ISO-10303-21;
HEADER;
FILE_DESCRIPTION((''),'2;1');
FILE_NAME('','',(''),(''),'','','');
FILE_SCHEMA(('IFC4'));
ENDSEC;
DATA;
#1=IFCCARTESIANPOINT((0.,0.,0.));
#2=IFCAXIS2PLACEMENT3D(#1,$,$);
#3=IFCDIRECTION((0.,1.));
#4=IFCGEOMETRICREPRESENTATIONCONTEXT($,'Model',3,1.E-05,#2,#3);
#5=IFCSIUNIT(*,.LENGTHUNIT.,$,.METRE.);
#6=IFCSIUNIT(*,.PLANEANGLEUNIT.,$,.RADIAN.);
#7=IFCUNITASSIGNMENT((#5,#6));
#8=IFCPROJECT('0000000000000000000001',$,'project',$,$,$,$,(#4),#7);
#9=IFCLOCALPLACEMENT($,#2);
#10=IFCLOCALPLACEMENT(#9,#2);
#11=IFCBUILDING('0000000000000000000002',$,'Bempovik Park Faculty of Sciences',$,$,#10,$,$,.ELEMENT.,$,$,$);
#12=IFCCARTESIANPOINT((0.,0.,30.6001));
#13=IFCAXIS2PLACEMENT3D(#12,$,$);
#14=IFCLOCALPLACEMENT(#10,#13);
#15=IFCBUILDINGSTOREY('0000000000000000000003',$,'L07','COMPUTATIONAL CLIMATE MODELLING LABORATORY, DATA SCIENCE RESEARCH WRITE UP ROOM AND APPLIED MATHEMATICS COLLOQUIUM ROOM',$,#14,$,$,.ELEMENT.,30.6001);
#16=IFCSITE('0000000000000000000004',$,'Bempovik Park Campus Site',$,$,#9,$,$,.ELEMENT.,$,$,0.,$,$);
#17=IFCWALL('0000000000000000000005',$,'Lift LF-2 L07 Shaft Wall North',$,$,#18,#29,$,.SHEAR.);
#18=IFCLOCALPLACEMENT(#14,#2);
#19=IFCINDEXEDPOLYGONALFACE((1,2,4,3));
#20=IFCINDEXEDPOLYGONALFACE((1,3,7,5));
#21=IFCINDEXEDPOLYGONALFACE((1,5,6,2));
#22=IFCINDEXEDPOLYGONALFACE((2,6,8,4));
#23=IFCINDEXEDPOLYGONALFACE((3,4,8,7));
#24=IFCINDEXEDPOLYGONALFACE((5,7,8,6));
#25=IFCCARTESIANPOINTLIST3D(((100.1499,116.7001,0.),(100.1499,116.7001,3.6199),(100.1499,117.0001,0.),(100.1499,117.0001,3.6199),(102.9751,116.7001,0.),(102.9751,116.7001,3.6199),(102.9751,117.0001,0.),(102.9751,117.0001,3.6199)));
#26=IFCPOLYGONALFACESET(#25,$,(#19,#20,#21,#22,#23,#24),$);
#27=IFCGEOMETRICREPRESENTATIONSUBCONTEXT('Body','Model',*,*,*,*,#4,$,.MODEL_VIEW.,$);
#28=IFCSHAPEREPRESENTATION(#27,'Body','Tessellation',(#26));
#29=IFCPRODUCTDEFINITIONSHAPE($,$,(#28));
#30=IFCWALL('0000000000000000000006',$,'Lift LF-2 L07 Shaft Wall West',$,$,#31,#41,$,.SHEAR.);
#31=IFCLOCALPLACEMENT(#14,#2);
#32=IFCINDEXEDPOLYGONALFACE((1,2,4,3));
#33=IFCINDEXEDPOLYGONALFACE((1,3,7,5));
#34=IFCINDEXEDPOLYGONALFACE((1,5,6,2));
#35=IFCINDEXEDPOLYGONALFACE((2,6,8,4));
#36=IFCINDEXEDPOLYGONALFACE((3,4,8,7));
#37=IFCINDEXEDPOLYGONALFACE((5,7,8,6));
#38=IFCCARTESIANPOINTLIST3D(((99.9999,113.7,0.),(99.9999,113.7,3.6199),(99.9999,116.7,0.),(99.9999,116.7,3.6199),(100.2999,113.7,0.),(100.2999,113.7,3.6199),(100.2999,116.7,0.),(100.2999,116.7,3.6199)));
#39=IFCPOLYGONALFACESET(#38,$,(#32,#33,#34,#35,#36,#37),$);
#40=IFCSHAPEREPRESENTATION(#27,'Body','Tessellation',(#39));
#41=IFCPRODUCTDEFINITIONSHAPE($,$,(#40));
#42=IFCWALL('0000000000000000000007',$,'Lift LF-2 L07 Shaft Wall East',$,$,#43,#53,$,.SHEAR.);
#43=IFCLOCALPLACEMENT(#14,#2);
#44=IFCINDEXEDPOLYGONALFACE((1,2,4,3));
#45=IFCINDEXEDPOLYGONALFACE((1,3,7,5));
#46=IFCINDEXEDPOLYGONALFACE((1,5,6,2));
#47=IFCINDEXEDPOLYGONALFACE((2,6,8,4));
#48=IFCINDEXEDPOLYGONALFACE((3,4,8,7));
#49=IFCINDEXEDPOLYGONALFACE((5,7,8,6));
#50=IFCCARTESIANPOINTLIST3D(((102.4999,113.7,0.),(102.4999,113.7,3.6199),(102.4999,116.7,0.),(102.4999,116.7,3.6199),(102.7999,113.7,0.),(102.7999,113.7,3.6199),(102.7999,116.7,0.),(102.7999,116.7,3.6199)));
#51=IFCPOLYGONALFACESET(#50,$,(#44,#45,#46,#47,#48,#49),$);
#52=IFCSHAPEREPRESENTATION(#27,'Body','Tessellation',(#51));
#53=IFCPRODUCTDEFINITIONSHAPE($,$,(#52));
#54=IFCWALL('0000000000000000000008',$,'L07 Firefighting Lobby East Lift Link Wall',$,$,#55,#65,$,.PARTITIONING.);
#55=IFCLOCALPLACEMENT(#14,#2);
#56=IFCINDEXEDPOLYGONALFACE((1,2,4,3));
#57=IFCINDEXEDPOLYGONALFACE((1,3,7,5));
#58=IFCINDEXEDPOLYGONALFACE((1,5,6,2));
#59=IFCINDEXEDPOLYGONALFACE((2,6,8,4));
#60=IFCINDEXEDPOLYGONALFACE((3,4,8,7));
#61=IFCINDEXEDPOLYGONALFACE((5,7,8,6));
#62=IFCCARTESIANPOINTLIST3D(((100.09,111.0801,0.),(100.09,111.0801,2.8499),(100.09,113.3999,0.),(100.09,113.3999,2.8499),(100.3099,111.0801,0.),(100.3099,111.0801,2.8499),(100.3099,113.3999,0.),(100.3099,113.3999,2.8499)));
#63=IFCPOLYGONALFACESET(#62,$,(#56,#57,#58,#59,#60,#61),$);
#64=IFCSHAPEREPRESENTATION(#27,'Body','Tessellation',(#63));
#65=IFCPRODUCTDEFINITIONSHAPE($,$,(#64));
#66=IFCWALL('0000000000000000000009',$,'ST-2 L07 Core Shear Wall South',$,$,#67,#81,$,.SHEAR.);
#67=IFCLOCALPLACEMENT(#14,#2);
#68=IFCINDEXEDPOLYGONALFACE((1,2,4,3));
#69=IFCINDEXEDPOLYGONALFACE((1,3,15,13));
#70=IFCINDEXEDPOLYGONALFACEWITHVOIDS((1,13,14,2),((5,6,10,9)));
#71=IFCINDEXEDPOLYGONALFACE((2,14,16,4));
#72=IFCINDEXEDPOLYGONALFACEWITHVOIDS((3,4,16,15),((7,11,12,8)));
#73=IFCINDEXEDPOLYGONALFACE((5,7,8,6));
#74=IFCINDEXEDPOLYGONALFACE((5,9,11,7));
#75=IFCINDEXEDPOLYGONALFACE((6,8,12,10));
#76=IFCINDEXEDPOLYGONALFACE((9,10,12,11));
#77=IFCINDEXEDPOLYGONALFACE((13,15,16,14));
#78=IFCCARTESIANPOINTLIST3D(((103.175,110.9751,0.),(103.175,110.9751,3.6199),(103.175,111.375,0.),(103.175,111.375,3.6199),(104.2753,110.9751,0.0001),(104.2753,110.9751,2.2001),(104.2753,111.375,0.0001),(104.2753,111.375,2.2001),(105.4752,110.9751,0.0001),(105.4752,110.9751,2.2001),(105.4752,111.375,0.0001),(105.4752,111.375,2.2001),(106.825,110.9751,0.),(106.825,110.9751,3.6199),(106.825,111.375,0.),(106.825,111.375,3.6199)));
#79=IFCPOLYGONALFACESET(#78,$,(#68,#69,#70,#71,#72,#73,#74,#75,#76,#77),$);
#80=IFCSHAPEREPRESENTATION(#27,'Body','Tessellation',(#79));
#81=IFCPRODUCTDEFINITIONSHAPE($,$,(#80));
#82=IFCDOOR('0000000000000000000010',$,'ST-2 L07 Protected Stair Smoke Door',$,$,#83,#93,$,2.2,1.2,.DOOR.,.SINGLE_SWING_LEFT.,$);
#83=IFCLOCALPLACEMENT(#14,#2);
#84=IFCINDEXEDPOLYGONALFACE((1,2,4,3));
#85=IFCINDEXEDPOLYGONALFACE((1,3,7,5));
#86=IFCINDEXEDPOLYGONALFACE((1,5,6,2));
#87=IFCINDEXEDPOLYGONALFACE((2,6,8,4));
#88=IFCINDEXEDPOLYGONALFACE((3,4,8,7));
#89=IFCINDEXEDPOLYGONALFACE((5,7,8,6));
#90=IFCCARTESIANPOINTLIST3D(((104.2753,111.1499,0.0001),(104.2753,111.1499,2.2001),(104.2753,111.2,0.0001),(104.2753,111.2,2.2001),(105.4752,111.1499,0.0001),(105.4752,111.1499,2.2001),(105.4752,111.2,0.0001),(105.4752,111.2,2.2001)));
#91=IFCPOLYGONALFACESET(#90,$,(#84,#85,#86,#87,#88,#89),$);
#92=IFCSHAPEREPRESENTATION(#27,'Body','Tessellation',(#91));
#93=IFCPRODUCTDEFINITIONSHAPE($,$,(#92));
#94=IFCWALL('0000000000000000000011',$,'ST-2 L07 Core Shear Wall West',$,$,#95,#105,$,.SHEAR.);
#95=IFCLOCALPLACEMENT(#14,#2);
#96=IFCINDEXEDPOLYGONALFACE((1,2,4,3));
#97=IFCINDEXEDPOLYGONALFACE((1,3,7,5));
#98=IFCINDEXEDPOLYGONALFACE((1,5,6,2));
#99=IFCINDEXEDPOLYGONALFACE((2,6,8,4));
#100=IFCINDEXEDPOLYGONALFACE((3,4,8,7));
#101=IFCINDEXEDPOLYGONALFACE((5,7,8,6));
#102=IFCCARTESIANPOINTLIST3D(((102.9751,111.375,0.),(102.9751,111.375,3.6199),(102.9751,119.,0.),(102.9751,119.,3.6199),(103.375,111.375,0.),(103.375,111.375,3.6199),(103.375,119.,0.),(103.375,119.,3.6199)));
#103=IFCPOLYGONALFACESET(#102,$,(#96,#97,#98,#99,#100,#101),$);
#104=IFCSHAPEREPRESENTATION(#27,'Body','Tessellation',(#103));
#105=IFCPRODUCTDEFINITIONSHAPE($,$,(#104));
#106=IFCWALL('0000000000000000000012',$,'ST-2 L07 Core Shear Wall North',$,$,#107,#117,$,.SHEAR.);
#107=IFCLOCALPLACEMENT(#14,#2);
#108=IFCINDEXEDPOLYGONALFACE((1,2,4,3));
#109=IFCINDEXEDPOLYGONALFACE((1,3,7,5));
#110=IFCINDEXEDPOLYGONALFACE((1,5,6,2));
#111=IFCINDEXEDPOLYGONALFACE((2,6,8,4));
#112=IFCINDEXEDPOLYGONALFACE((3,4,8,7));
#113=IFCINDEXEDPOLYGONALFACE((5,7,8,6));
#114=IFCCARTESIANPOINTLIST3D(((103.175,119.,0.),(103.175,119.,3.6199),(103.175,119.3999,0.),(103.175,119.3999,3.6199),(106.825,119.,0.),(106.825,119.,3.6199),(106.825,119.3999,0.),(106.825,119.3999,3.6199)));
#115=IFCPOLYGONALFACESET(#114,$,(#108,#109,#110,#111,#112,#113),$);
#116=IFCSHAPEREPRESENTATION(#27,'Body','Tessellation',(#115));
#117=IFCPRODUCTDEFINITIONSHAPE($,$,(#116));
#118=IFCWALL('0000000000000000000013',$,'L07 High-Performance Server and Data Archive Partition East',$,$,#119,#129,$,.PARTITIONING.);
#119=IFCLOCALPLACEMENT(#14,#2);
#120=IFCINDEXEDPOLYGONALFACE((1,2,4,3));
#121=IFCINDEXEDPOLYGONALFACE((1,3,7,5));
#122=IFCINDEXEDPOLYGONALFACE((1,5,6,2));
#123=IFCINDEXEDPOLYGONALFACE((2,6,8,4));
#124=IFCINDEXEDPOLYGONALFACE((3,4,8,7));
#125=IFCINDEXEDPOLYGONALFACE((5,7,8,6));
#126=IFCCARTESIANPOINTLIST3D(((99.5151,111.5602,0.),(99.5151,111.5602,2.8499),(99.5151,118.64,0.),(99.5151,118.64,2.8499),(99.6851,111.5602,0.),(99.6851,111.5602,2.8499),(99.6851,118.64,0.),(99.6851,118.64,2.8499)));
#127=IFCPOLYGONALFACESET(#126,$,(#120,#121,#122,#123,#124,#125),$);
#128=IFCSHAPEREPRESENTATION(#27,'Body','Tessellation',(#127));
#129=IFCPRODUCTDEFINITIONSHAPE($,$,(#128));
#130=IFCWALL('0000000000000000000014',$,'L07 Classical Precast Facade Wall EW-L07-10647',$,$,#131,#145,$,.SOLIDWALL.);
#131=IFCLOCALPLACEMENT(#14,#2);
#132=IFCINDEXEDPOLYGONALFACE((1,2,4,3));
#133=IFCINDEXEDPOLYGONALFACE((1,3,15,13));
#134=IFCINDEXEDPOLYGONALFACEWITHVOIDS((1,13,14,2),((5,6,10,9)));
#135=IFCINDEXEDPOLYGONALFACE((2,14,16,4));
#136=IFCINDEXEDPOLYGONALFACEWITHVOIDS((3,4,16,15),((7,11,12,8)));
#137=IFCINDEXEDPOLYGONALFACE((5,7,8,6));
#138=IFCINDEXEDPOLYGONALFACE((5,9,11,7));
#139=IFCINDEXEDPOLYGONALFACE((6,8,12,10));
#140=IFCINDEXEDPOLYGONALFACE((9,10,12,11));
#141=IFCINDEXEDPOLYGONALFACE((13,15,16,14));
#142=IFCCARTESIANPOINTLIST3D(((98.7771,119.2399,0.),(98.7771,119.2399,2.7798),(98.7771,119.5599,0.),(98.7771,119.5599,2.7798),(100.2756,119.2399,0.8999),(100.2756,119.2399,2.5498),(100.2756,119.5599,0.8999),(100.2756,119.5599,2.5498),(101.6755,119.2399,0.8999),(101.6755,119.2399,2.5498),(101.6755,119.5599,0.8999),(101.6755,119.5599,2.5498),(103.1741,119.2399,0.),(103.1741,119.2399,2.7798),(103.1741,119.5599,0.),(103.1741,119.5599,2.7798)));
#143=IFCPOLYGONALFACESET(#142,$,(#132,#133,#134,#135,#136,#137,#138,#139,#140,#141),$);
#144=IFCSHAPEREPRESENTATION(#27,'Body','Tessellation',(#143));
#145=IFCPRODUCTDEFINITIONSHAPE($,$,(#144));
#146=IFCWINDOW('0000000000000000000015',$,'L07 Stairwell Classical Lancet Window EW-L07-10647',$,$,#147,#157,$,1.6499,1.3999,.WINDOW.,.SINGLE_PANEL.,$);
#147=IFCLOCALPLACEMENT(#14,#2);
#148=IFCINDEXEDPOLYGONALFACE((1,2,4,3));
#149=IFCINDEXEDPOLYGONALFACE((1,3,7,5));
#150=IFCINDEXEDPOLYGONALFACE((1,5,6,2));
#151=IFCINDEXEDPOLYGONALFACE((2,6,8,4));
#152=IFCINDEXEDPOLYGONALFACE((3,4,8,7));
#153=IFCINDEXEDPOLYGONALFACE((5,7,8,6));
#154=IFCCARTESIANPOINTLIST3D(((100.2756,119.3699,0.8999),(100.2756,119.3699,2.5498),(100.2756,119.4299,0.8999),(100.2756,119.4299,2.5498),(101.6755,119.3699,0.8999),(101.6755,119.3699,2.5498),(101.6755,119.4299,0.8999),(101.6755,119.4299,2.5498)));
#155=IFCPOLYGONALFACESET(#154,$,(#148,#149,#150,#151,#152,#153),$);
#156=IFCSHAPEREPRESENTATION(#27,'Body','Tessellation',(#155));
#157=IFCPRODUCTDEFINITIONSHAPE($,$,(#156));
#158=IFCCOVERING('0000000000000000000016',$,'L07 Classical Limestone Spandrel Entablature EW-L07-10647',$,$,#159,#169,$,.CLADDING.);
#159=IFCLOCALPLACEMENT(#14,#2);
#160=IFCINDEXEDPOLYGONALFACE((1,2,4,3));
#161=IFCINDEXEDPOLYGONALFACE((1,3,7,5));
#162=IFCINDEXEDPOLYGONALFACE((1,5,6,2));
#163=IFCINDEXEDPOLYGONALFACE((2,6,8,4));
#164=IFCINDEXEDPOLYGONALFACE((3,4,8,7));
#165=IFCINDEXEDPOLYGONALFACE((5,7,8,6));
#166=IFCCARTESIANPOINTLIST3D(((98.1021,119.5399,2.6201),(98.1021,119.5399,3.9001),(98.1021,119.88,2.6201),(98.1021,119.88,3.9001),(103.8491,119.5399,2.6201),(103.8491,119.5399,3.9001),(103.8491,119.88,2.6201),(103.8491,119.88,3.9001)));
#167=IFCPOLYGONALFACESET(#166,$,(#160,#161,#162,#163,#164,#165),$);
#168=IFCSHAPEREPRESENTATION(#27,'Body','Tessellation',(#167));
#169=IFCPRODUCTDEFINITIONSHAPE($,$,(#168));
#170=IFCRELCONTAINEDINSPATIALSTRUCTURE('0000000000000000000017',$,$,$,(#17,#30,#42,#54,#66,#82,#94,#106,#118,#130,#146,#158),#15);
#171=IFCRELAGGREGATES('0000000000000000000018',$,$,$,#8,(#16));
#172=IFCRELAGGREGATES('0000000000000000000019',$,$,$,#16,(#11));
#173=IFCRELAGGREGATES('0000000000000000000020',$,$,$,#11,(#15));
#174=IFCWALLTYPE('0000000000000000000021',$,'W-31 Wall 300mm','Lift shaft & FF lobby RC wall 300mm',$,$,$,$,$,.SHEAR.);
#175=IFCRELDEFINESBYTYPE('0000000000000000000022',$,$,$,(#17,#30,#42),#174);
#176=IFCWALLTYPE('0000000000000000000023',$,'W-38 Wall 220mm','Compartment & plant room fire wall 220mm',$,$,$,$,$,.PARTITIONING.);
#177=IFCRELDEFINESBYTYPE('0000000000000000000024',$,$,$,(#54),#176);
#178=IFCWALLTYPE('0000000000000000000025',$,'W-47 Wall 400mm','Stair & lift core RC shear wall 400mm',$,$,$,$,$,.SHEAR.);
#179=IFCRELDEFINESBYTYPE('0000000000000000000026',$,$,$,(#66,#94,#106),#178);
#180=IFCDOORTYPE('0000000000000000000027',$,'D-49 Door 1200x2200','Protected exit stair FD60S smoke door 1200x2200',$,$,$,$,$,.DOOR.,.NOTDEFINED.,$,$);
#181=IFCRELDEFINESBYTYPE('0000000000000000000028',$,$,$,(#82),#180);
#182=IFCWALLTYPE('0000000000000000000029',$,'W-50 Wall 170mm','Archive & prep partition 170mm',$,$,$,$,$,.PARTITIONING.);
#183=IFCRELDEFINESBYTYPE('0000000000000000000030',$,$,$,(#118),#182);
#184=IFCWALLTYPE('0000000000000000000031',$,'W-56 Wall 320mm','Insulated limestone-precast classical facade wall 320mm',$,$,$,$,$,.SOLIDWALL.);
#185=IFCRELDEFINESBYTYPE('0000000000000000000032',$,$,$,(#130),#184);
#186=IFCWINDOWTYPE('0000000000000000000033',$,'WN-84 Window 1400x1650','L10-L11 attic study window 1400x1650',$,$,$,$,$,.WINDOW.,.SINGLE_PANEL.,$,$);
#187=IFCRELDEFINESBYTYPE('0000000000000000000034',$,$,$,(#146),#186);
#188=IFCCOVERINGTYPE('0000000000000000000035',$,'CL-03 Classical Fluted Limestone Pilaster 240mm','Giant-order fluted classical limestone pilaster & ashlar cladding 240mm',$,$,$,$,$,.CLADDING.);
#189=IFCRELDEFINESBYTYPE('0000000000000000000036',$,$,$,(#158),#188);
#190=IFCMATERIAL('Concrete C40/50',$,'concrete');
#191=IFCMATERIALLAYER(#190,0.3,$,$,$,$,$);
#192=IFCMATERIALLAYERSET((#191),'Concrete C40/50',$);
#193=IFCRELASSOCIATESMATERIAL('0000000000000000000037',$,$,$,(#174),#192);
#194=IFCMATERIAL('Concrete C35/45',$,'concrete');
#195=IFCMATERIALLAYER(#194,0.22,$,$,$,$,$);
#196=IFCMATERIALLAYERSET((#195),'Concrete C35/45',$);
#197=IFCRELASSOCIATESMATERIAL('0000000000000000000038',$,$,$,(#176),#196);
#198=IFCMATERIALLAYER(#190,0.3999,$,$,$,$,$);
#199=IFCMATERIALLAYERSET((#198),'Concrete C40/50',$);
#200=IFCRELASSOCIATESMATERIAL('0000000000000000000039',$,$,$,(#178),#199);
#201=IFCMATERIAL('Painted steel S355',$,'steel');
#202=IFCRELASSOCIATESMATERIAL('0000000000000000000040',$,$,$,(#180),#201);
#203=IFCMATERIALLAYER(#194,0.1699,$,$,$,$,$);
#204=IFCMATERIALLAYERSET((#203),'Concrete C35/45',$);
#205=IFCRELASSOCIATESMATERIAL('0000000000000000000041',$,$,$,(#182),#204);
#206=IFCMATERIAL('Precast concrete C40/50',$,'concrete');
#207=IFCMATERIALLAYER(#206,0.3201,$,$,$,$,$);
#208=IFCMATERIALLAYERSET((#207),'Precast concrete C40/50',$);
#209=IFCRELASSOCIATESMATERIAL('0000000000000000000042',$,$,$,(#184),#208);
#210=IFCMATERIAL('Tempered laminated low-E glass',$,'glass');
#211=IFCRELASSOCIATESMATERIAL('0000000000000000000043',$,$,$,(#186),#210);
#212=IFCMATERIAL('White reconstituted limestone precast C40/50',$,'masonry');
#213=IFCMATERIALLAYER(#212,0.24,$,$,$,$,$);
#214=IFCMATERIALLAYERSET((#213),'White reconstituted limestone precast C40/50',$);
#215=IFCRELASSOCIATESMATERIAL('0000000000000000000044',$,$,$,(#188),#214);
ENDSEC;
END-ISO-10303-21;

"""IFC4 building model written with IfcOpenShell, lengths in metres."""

from ifc_helpers import new_model, si_unit, direction, frame, frame_2d, origin, origin_2d, place, context, subcontext, project, spatial, rectangle, extrude, material, layer, layer_set, type_object, element, fill, save


model = new_model("IFC4")

# Units and contexts
model_context = context("Model", 3, precision=1e-05, world=origin(), true_north=direction((0.0, 1.0)))
body_context = subcontext(model_context, "Body", "Model", "MODEL_VIEW")
ifc_project = project(units=[si_unit("LENGTHUNIT", "METRE"), si_unit("PLANEANGLEUNIT", "RADIAN")], contexts=[model_context])

# Site, building, storey
site_placement = place(None, origin())
site = spatial("IfcSite", under=ifc_project, at=site_placement, Name="Bempovik Park Campus Site", CompositionType="ELEMENT", RefElevation=0.0)
building_placement = place(site_placement, origin())
building = spatial("IfcBuilding", under=site, at=building_placement, Name="Bempovik Park Faculty of Sciences", CompositionType="ELEMENT")
storey_placement = place(building_placement, frame((0.0, 0.0, 30.6001)))
storey = spatial("IfcBuildingStorey", under=building, at=storey_placement, Name="L07", Description="COMPUTATIONAL CLIMATE MODELLING LABORATORY, DATA SCIENCE RESEARCH WRITE UP ROOM AND APPLIED MATHEMATICS COLLOQUIUM ROOM", CompositionType="ELEMENT", Elevation=30.6001)

# Shared definitions
ifc_material_1 = material(Name="Concrete C40/50", Category="concrete")

# Shared definitions
ifc_material_2 = material(Name="Concrete C35/45", Category="concrete")

# Shared definitions
ifc_material_3 = material(Name="Tempered laminated low-E glass", Category="glass")

# Shared definitions
ifc_layer_1 = layer(ifc_material_1, 0.3)
ifc_layer_set_1 = layer_set([ifc_layer_1], Name="Concrete C40/50")
wall_type_1 = type_object("IfcWallType", Name="W-31 Wall 300mm", Description="Lift shaft & FF lobby RC wall 300mm", PredefinedType="SHEAR", material=ifc_layer_set_1)
ifc_material_4 = material(Name="Painted steel S355", Category="steel")

# Walls
wall_1_placement = place(storey_placement, frame((100.1499, 116.8501, 0.0), z_axis=(0.0, 0.0, 1.0), x_axis=(1.0, 0.0, 0.0)))
element("IfcWall", 1, at=wall_1_placement, inside=storey, type_object=wall_type_1, Name="Lift LF-2 L07 Shaft Wall North", PredefinedType="SHEAR", context=body_context, shape_type="SweptSolid", body=[
    extrude(rectangle(XDim=2.8252, YDim=0.3, at=frame_2d((1.4126, 0.0))), origin(), (0.0, 0.0, 1.0), 3.6199),
])
for number, where, z_axis, x_axis, name in (
    (2, (100.1499, 113.7, 0.0), (0.0, 0.0, 1.0), (0.0, 1.0, 0.0), "Lift LF-2 L07 Shaft Wall West"),
    (3, (102.6499, 113.7, 0.0), (0.0, 0.0, 1.0), (0.0, 1.0, 0.0), "Lift LF-2 L07 Shaft Wall East"),
):
    element("IfcWall", number, at=place(storey_placement, frame(where, z_axis=z_axis, x_axis=x_axis)), inside=storey, type_object=wall_type_1, Name=name, PredefinedType="SHEAR", context=body_context, shape_type="SweptSolid", body=[
        extrude(rectangle(XDim=3.0, YDim=0.3, at=frame_2d((1.5, 0.0))), origin(), (0.0, 0.0, 1.0), 3.6199),
    ])
ifc_layer_2 = layer(ifc_material_2, 0.22)
ifc_layer_set_2 = layer_set([ifc_layer_2], Name="Concrete C35/45")
wall_type_2 = type_object("IfcWallType", Name="W-38 Wall 220mm", Description="Compartment & plant room fire wall 220mm", PredefinedType="PARTITIONING", material=ifc_layer_set_2)
wall_2_placement = place(storey_placement, frame((100.2, 111.0801, 0.0), z_axis=(0.0, 0.0, 1.0), x_axis=(0.0, 1.0, 0.0)))
element("IfcWall", 4, at=wall_2_placement, inside=storey, type_object=wall_type_2, Name="L07 Firefighting Lobby East Lift Link Wall", PredefinedType="PARTITIONING", context=body_context, shape_type="SweptSolid", body=[
    extrude(rectangle(XDim=2.3198, YDim=0.22, at=frame_2d((1.1599, 0.0))), origin(), (0.0, 0.0, 1.0), 2.8499),
])

# Wall, opening, door
ifc_layer_3 = layer(ifc_material_1, 0.3999)
ifc_layer_set_3 = layer_set([ifc_layer_3], Name="Concrete C40/50")
wall_type_3 = type_object("IfcWallType", Name="W-47 Wall 400mm", Description="Stair & lift core RC shear wall 400mm", PredefinedType="SHEAR", material=ifc_layer_set_3)
wall_3_placement = place(storey_placement, frame((103.175, 111.175, 0.0), z_axis=(0.0, 0.0, 1.0), x_axis=(1.0, 0.0, 0.0)))
wall_3 = element("IfcWall", 5, at=wall_3_placement, inside=storey, type_object=wall_type_3, Name="ST-2 L07 Core Shear Wall South", PredefinedType="SHEAR", context=body_context, shape_type="SweptSolid", body=[
    extrude(rectangle(XDim=3.6499, YDim=0.3999, at=frame_2d((1.825, 0.0))), origin(), (0.0, 0.0, 1.0), 3.6199),
])
opening_1_placement = place(wall_3_placement, frame((1.1001, 0.0, 0.0)))
opening_1 = element("IfcOpeningElement", 6, at=opening_1_placement, cuts=wall_3, PredefinedType="OPENING", context=body_context, shape_type="SweptSolid", body=[
    extrude(rectangle(XDim=1.2, YDim=2.2, at=frame_2d((0.6001, 1.1001))), frame((0.0, 0.21, 0.0), z_axis=(0.0, -1.0, 0.0), x_axis=(1.0, 0.0, 0.0)), (0.0, 0.0, 1.0), 0.4199),
])
door_type_1 = type_object("IfcDoorType", Name="D-49 Door 1200x2200", Description="Protected exit stair FD60S smoke door 1200x2200", OperationType="NOTDEFINED", PredefinedType="DOOR", material=ifc_material_4)
door_1_placement = place(opening_1_placement, origin())
door_1 = element("IfcDoor", 7, at=door_1_placement, inside=storey, type_object=door_type_1, Name="ST-2 L07 Protected Stair Smoke Door", OperationType="SINGLE_SWING_LEFT", OverallHeight=2.2, OverallWidth=1.2, PredefinedType="DOOR", context=body_context, shape_type="SweptSolid", body=[
    extrude(rectangle(XDim=1.2, YDim=2.2, at=frame_2d((0.6001, 1.1001))), frame((0.0, 0.0249, 0.0), z_axis=(0.0, -1.0, 0.0), x_axis=(1.0, 0.0, 0.0)), (0.0, 0.0, 1.0), 0.05),
])
fill(opening_1, door_1)

# Walls
wall_4_placement = place(storey_placement, frame((103.175, 111.375, 0.0), z_axis=(0.0, 0.0, 1.0), x_axis=(0.0, 1.0, 0.0)))
element("IfcWall", 8, at=wall_4_placement, inside=storey, type_object=wall_type_3, Name="ST-2 L07 Core Shear Wall West", PredefinedType="SHEAR", context=body_context, shape_type="SweptSolid", body=[
    extrude(rectangle(XDim=7.625, YDim=0.3999, at=frame_2d((3.8125, 0.0))), origin(), (0.0, 0.0, 1.0), 3.6199),
])
wall_5_placement = place(storey_placement, frame((103.175, 119.2, 0.0), z_axis=(0.0, 0.0, 1.0), x_axis=(1.0, 0.0, 0.0)))
element("IfcWall", 9, at=wall_5_placement, inside=storey, type_object=wall_type_3, Name="ST-2 L07 Core Shear Wall North", PredefinedType="SHEAR", context=body_context, shape_type="SweptSolid", body=[
    extrude(rectangle(XDim=3.6499, YDim=0.3999, at=frame_2d((1.825, 0.0))), origin(), (0.0, 0.0, 1.0), 3.6199),
])
ifc_layer_4 = layer(ifc_material_2, 0.1699)
ifc_layer_set_4 = layer_set([ifc_layer_4], Name="Concrete C35/45")
wall_type_4 = type_object("IfcWallType", Name="W-50 Wall 170mm", Description="Archive & prep partition 170mm", PredefinedType="PARTITIONING", material=ifc_layer_set_4)
wall_6_placement = place(storey_placement, frame((99.6001, 111.5601, 0.0), z_axis=(0.0, 0.0, 1.0), x_axis=(0.0, 1.0, 0.0)))
element("IfcWall", 10, at=wall_6_placement, inside=storey, type_object=wall_type_4, Name="L07 High-Performance Server and Data Archive Partition East", PredefinedType="PARTITIONING", context=body_context, shape_type="SweptSolid", body=[
    extrude(rectangle(XDim=7.0798, YDim=0.1699, at=frame_2d((3.54, 0.0))), origin(), (0.0, 0.0, 1.0), 2.8499),
])

# Wall, opening, window
ifc_material_5 = material(Name="Precast concrete C40/50", Category="concrete")
ifc_layer_5 = layer(ifc_material_5, 0.3201)
ifc_layer_set_5 = layer_set([ifc_layer_5], Name="Precast concrete C40/50")
wall_type_5 = type_object("IfcWallType", Name="W-56 Wall 320mm", Description="Insulated limestone-precast classical facade wall 320mm", PredefinedType="SOLIDWALL", material=ifc_layer_set_5)
wall_7_placement = place(storey_placement, frame((98.7771, 119.3999, 0.0), z_axis=(0.0, 0.0, 1.0), x_axis=(1.0, 0.0, 0.0)))
wall_7 = element("IfcWall", 11, at=wall_7_placement, inside=storey, type_object=wall_type_5, Name="L07 Classical Precast Facade Wall EW-L07-10647", PredefinedType="SOLIDWALL", context=body_context, shape_type="SweptSolid", body=[
    extrude(rectangle(XDim=4.397, YDim=0.3201, at=frame_2d((2.1985, 0.0))), origin(), (0.0, 0.0, 1.0), 2.7798),
])
opening_2_placement = place(wall_7_placement, frame((1.4985, 0.0, 0.8999)))
opening_2 = element("IfcOpeningElement", 12, at=opening_2_placement, cuts=wall_7, PredefinedType="OPENING", context=body_context, shape_type="SweptSolid", body=[
    extrude(rectangle(XDim=1.3999, YDim=1.6499, at=frame_2d((0.7, 0.825))), frame((0.0, 0.1699, 0.0), z_axis=(0.0, -1.0, 0.0), x_axis=(1.0, 0.0, 0.0)), (0.0, 0.0, 1.0), 0.3401),
])
window_type = type_object("IfcWindowType", Name="WN-84 Window 1400x1650", Description="L10-L11 attic study window 1400x1650", PartitioningType="SINGLE_PANEL", PredefinedType="WINDOW", material=ifc_material_3)
window_placement = place(opening_2_placement, origin())
window = element("IfcWindow", 13, at=window_placement, inside=storey, type_object=window_type, Name="L07 Stairwell Classical Lancet Window EW-L07-10647", OverallHeight=1.6499, OverallWidth=1.3999, PartitioningType="SINGLE_PANEL", PredefinedType="WINDOW", context=body_context, shape_type="SweptSolid", body=[
    extrude(rectangle(XDim=1.3999, YDim=1.6499, at=frame_2d((0.7, 0.825))), frame((0.0, 0.03, 0.0), z_axis=(0.0, -1.0, 0.0), x_axis=(1.0, 0.0, 0.0)), (0.0, 0.0, 1.0), 0.0601),
])
fill(opening_2, window)

# Covering
ifc_material_6 = material(Name="White reconstituted limestone precast C40/50", Category="masonry")
ifc_layer_6 = layer(ifc_material_6, 0.24)
ifc_layer_set_6 = layer_set([ifc_layer_6], Name="White reconstituted limestone precast C40/50")
covering_type = type_object("IfcCoveringType", Name="CL-03 Classical Fluted Limestone Pilaster 240mm", Description="Giant-order fluted classical limestone pilaster & ashlar cladding 240mm", PredefinedType="CLADDING", material=ifc_layer_set_6)
covering_1_placement = place(storey_placement, frame((100.9756, 119.71, 2.6201), z_axis=(0.0, 0.0, 1.0), x_axis=(1.0, 0.0, 0.0)))
element("IfcCovering", 14, at=covering_1_placement, inside=storey, type_object=covering_type, Name="L07 Classical Limestone Spandrel Entablature EW-L07-10647", PredefinedType="CLADDING", context=body_context, shape_type="SweptSolid", body=[
    extrude(rectangle(XDim=5.7471, YDim=0.3401, at=origin_2d()), origin(), (0.0, 0.0, 1.0), 1.28),
])

save(model, "model.ifc")
